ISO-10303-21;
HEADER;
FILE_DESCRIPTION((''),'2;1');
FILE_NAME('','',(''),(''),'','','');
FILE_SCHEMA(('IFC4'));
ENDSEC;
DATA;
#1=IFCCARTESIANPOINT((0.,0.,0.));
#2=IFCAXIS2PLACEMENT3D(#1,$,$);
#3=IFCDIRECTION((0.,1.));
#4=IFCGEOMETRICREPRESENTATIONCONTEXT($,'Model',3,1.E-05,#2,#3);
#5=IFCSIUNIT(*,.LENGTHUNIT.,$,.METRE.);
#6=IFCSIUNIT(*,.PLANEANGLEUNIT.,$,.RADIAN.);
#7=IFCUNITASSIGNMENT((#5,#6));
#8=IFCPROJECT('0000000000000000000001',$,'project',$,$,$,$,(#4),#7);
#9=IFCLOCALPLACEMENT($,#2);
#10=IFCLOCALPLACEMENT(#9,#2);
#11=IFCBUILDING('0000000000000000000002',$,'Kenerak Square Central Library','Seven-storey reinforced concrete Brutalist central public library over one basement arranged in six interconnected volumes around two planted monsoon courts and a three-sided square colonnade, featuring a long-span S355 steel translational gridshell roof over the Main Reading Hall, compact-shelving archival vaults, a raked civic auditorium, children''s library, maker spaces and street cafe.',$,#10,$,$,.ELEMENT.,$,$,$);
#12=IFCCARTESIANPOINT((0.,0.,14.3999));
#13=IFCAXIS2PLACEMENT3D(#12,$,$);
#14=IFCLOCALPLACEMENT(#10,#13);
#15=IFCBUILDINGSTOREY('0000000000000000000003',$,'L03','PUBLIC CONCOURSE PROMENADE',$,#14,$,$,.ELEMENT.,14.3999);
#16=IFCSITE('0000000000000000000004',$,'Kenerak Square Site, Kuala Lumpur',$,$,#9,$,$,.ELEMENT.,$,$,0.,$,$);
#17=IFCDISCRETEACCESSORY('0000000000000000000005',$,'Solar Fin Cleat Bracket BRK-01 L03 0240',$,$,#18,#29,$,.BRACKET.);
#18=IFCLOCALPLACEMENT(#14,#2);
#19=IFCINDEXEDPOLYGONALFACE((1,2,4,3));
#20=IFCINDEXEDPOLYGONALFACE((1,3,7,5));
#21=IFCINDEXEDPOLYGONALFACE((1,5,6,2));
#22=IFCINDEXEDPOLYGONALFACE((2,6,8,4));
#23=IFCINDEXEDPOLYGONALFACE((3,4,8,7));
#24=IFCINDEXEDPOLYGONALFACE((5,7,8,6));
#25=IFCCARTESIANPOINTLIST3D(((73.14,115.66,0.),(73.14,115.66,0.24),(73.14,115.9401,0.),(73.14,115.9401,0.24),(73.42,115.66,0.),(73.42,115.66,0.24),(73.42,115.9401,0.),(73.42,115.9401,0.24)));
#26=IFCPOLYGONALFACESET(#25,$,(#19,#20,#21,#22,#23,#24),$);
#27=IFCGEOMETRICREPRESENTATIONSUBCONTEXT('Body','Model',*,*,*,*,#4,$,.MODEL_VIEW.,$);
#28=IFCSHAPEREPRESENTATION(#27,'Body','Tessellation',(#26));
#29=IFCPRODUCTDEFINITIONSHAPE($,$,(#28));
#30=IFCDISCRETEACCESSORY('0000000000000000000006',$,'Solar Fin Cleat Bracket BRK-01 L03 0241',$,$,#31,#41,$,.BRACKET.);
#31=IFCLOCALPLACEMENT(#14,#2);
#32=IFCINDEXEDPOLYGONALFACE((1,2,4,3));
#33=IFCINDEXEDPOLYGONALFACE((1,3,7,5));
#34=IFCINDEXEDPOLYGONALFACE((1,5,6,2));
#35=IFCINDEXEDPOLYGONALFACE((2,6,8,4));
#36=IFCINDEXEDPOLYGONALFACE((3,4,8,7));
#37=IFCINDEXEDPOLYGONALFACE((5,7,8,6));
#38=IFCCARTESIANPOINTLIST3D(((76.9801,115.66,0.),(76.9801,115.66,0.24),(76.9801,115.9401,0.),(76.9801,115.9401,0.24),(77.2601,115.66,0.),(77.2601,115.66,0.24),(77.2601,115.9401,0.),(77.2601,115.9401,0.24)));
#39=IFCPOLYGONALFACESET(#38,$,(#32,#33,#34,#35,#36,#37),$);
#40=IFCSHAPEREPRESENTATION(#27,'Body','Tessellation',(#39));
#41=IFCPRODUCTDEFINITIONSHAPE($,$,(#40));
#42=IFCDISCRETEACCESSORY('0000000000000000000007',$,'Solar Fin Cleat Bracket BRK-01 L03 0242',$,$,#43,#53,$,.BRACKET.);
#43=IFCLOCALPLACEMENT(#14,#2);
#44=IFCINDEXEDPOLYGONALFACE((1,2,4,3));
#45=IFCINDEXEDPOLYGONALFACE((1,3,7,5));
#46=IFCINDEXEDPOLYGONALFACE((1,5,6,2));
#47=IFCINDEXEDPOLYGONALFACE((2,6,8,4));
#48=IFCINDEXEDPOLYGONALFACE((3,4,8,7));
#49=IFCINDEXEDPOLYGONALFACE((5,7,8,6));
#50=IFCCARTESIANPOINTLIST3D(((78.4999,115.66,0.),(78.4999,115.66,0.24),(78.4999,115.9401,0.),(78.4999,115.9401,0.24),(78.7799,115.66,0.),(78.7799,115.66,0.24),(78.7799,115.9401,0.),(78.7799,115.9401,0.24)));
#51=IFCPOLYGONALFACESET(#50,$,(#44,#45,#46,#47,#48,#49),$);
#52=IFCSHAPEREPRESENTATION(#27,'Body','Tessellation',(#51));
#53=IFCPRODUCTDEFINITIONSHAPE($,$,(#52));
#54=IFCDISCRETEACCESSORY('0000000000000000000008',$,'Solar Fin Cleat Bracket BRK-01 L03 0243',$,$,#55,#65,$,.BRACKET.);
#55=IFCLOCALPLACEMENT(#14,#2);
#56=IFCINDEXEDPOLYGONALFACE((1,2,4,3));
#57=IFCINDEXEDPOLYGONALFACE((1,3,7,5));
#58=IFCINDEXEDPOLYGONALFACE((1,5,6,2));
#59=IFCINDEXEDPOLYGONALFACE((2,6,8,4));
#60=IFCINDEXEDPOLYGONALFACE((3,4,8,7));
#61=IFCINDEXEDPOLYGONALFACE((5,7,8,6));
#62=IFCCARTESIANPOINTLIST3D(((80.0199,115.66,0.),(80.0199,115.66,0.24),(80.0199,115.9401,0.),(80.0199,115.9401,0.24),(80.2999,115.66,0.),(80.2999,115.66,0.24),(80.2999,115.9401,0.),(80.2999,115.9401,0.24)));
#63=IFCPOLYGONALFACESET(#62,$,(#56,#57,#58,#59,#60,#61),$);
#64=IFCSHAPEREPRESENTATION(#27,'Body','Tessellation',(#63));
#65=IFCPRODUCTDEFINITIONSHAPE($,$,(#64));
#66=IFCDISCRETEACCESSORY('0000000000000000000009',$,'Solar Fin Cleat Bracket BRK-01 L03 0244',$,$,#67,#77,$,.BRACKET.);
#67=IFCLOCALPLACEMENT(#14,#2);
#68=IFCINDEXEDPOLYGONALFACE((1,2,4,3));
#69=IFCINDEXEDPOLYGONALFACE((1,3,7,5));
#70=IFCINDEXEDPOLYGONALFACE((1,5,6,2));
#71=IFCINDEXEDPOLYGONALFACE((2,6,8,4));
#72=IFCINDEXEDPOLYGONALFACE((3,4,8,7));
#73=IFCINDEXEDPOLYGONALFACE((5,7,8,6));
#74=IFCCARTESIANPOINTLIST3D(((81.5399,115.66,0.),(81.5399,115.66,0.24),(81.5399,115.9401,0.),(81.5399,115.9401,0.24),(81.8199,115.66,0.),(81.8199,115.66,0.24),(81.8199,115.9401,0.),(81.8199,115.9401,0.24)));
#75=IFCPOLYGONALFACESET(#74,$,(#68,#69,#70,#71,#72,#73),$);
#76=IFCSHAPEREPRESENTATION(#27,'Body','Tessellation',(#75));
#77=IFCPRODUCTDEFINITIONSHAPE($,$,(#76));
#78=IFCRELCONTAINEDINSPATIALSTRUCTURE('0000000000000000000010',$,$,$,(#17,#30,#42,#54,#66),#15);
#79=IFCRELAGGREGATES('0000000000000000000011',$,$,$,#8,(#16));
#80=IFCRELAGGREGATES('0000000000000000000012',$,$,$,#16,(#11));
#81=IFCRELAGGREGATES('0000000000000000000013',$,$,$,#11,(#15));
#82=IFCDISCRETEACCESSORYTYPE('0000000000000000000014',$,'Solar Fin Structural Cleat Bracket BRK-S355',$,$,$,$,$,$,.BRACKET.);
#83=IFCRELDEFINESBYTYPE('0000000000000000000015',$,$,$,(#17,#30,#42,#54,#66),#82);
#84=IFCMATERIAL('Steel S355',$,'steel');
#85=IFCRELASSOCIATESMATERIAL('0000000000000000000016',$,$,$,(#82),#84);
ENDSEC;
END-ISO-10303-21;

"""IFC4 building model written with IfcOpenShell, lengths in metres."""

from ifc_helpers import new_model, si_unit, direction, frame, origin, origin_2d, place, context, subcontext, project, spatial, rectangle, extrude, material, type_object, element, save


model = new_model("IFC4")

# Units and contexts
model_context = context("Model", 3, precision=1e-05, world=origin(), true_north=direction((0.0, 1.0)))
body_context = subcontext(model_context, "Body", "Model", "MODEL_VIEW")
ifc_project = project(units=[si_unit("LENGTHUNIT", "METRE"), si_unit("PLANEANGLEUNIT", "RADIAN")], contexts=[model_context])

# Site, building, storey
site_placement = place(None, origin())
site = spatial("IfcSite", under=ifc_project, at=site_placement, Name="Kenerak Square Site, Kuala Lumpur", CompositionType="ELEMENT", RefElevation=0.0)
building_placement = place(site_placement, origin())
building = spatial("IfcBuilding", under=site, at=building_placement, Name="Kenerak Square Central Library", Description="Seven-storey reinforced concrete Brutalist central public library over one basement arranged in six interconnected volumes around two planted monsoon courts and a three-sided square colonnade, featuring a long-span S355 steel translational gridshell roof over the Main Reading Hall, compact-shelving archival vaults, a raked civic auditorium, children's library, maker spaces and street cafe.", CompositionType="ELEMENT")
storey_placement = place(building_placement, frame((0.0, 0.0, 14.3999)))
storey = spatial("IfcBuildingStorey", under=building, at=storey_placement, Name="L03", Description="PUBLIC CONCOURSE PROMENADE", CompositionType="ELEMENT", Elevation=14.3999)

# Discrete accessories
ifc_material_1 = material(Name="Steel S355", Category="steel")
discrete_accessory_type = type_object("IfcDiscreteAccessoryType", Name="Solar Fin Structural Cleat Bracket BRK-S355", PredefinedType="BRACKET", material=ifc_material_1)
for number, where, z_axis, x_axis, name in (
    (1, (73.28, 115.8, 0.0), (0.0, 0.0, 1.0), (1.0, 0.0, 0.0), "Solar Fin Cleat Bracket BRK-01 L03 0240"),
    (2, (77.1201, 115.8, 0.0), (0.0, 0.0, 1.0), (1.0, 0.0, 0.0), "Solar Fin Cleat Bracket BRK-01 L03 0241"),
    (3, (78.6399, 115.8, 0.0), (0.0, 0.0, 1.0), (1.0, 0.0, 0.0), "Solar Fin Cleat Bracket BRK-01 L03 0242"),
    (4, (80.1599, 115.8, 0.0), (0.0, 0.0, 1.0), (1.0, 0.0, 0.0), "Solar Fin Cleat Bracket BRK-01 L03 0243"),
    (5, (81.6799, 115.8, 0.0), (0.0, 0.0, 1.0), (1.0, 0.0, 0.0), "Solar Fin Cleat Bracket BRK-01 L03 0244"),
):
    element("IfcDiscreteAccessory", number, at=place(storey_placement, frame(where, z_axis=z_axis, x_axis=x_axis)), inside=storey, type_object=discrete_accessory_type, Name=name, PredefinedType="BRACKET", context=body_context, shape_type="SweptSolid", body=[
        extrude(rectangle(XDim=0.28, YDim=0.28, at=origin_2d()), origin(), (0.0, 0.0, 1.0), 0.24),
    ])

save(model, "model.ifc")
